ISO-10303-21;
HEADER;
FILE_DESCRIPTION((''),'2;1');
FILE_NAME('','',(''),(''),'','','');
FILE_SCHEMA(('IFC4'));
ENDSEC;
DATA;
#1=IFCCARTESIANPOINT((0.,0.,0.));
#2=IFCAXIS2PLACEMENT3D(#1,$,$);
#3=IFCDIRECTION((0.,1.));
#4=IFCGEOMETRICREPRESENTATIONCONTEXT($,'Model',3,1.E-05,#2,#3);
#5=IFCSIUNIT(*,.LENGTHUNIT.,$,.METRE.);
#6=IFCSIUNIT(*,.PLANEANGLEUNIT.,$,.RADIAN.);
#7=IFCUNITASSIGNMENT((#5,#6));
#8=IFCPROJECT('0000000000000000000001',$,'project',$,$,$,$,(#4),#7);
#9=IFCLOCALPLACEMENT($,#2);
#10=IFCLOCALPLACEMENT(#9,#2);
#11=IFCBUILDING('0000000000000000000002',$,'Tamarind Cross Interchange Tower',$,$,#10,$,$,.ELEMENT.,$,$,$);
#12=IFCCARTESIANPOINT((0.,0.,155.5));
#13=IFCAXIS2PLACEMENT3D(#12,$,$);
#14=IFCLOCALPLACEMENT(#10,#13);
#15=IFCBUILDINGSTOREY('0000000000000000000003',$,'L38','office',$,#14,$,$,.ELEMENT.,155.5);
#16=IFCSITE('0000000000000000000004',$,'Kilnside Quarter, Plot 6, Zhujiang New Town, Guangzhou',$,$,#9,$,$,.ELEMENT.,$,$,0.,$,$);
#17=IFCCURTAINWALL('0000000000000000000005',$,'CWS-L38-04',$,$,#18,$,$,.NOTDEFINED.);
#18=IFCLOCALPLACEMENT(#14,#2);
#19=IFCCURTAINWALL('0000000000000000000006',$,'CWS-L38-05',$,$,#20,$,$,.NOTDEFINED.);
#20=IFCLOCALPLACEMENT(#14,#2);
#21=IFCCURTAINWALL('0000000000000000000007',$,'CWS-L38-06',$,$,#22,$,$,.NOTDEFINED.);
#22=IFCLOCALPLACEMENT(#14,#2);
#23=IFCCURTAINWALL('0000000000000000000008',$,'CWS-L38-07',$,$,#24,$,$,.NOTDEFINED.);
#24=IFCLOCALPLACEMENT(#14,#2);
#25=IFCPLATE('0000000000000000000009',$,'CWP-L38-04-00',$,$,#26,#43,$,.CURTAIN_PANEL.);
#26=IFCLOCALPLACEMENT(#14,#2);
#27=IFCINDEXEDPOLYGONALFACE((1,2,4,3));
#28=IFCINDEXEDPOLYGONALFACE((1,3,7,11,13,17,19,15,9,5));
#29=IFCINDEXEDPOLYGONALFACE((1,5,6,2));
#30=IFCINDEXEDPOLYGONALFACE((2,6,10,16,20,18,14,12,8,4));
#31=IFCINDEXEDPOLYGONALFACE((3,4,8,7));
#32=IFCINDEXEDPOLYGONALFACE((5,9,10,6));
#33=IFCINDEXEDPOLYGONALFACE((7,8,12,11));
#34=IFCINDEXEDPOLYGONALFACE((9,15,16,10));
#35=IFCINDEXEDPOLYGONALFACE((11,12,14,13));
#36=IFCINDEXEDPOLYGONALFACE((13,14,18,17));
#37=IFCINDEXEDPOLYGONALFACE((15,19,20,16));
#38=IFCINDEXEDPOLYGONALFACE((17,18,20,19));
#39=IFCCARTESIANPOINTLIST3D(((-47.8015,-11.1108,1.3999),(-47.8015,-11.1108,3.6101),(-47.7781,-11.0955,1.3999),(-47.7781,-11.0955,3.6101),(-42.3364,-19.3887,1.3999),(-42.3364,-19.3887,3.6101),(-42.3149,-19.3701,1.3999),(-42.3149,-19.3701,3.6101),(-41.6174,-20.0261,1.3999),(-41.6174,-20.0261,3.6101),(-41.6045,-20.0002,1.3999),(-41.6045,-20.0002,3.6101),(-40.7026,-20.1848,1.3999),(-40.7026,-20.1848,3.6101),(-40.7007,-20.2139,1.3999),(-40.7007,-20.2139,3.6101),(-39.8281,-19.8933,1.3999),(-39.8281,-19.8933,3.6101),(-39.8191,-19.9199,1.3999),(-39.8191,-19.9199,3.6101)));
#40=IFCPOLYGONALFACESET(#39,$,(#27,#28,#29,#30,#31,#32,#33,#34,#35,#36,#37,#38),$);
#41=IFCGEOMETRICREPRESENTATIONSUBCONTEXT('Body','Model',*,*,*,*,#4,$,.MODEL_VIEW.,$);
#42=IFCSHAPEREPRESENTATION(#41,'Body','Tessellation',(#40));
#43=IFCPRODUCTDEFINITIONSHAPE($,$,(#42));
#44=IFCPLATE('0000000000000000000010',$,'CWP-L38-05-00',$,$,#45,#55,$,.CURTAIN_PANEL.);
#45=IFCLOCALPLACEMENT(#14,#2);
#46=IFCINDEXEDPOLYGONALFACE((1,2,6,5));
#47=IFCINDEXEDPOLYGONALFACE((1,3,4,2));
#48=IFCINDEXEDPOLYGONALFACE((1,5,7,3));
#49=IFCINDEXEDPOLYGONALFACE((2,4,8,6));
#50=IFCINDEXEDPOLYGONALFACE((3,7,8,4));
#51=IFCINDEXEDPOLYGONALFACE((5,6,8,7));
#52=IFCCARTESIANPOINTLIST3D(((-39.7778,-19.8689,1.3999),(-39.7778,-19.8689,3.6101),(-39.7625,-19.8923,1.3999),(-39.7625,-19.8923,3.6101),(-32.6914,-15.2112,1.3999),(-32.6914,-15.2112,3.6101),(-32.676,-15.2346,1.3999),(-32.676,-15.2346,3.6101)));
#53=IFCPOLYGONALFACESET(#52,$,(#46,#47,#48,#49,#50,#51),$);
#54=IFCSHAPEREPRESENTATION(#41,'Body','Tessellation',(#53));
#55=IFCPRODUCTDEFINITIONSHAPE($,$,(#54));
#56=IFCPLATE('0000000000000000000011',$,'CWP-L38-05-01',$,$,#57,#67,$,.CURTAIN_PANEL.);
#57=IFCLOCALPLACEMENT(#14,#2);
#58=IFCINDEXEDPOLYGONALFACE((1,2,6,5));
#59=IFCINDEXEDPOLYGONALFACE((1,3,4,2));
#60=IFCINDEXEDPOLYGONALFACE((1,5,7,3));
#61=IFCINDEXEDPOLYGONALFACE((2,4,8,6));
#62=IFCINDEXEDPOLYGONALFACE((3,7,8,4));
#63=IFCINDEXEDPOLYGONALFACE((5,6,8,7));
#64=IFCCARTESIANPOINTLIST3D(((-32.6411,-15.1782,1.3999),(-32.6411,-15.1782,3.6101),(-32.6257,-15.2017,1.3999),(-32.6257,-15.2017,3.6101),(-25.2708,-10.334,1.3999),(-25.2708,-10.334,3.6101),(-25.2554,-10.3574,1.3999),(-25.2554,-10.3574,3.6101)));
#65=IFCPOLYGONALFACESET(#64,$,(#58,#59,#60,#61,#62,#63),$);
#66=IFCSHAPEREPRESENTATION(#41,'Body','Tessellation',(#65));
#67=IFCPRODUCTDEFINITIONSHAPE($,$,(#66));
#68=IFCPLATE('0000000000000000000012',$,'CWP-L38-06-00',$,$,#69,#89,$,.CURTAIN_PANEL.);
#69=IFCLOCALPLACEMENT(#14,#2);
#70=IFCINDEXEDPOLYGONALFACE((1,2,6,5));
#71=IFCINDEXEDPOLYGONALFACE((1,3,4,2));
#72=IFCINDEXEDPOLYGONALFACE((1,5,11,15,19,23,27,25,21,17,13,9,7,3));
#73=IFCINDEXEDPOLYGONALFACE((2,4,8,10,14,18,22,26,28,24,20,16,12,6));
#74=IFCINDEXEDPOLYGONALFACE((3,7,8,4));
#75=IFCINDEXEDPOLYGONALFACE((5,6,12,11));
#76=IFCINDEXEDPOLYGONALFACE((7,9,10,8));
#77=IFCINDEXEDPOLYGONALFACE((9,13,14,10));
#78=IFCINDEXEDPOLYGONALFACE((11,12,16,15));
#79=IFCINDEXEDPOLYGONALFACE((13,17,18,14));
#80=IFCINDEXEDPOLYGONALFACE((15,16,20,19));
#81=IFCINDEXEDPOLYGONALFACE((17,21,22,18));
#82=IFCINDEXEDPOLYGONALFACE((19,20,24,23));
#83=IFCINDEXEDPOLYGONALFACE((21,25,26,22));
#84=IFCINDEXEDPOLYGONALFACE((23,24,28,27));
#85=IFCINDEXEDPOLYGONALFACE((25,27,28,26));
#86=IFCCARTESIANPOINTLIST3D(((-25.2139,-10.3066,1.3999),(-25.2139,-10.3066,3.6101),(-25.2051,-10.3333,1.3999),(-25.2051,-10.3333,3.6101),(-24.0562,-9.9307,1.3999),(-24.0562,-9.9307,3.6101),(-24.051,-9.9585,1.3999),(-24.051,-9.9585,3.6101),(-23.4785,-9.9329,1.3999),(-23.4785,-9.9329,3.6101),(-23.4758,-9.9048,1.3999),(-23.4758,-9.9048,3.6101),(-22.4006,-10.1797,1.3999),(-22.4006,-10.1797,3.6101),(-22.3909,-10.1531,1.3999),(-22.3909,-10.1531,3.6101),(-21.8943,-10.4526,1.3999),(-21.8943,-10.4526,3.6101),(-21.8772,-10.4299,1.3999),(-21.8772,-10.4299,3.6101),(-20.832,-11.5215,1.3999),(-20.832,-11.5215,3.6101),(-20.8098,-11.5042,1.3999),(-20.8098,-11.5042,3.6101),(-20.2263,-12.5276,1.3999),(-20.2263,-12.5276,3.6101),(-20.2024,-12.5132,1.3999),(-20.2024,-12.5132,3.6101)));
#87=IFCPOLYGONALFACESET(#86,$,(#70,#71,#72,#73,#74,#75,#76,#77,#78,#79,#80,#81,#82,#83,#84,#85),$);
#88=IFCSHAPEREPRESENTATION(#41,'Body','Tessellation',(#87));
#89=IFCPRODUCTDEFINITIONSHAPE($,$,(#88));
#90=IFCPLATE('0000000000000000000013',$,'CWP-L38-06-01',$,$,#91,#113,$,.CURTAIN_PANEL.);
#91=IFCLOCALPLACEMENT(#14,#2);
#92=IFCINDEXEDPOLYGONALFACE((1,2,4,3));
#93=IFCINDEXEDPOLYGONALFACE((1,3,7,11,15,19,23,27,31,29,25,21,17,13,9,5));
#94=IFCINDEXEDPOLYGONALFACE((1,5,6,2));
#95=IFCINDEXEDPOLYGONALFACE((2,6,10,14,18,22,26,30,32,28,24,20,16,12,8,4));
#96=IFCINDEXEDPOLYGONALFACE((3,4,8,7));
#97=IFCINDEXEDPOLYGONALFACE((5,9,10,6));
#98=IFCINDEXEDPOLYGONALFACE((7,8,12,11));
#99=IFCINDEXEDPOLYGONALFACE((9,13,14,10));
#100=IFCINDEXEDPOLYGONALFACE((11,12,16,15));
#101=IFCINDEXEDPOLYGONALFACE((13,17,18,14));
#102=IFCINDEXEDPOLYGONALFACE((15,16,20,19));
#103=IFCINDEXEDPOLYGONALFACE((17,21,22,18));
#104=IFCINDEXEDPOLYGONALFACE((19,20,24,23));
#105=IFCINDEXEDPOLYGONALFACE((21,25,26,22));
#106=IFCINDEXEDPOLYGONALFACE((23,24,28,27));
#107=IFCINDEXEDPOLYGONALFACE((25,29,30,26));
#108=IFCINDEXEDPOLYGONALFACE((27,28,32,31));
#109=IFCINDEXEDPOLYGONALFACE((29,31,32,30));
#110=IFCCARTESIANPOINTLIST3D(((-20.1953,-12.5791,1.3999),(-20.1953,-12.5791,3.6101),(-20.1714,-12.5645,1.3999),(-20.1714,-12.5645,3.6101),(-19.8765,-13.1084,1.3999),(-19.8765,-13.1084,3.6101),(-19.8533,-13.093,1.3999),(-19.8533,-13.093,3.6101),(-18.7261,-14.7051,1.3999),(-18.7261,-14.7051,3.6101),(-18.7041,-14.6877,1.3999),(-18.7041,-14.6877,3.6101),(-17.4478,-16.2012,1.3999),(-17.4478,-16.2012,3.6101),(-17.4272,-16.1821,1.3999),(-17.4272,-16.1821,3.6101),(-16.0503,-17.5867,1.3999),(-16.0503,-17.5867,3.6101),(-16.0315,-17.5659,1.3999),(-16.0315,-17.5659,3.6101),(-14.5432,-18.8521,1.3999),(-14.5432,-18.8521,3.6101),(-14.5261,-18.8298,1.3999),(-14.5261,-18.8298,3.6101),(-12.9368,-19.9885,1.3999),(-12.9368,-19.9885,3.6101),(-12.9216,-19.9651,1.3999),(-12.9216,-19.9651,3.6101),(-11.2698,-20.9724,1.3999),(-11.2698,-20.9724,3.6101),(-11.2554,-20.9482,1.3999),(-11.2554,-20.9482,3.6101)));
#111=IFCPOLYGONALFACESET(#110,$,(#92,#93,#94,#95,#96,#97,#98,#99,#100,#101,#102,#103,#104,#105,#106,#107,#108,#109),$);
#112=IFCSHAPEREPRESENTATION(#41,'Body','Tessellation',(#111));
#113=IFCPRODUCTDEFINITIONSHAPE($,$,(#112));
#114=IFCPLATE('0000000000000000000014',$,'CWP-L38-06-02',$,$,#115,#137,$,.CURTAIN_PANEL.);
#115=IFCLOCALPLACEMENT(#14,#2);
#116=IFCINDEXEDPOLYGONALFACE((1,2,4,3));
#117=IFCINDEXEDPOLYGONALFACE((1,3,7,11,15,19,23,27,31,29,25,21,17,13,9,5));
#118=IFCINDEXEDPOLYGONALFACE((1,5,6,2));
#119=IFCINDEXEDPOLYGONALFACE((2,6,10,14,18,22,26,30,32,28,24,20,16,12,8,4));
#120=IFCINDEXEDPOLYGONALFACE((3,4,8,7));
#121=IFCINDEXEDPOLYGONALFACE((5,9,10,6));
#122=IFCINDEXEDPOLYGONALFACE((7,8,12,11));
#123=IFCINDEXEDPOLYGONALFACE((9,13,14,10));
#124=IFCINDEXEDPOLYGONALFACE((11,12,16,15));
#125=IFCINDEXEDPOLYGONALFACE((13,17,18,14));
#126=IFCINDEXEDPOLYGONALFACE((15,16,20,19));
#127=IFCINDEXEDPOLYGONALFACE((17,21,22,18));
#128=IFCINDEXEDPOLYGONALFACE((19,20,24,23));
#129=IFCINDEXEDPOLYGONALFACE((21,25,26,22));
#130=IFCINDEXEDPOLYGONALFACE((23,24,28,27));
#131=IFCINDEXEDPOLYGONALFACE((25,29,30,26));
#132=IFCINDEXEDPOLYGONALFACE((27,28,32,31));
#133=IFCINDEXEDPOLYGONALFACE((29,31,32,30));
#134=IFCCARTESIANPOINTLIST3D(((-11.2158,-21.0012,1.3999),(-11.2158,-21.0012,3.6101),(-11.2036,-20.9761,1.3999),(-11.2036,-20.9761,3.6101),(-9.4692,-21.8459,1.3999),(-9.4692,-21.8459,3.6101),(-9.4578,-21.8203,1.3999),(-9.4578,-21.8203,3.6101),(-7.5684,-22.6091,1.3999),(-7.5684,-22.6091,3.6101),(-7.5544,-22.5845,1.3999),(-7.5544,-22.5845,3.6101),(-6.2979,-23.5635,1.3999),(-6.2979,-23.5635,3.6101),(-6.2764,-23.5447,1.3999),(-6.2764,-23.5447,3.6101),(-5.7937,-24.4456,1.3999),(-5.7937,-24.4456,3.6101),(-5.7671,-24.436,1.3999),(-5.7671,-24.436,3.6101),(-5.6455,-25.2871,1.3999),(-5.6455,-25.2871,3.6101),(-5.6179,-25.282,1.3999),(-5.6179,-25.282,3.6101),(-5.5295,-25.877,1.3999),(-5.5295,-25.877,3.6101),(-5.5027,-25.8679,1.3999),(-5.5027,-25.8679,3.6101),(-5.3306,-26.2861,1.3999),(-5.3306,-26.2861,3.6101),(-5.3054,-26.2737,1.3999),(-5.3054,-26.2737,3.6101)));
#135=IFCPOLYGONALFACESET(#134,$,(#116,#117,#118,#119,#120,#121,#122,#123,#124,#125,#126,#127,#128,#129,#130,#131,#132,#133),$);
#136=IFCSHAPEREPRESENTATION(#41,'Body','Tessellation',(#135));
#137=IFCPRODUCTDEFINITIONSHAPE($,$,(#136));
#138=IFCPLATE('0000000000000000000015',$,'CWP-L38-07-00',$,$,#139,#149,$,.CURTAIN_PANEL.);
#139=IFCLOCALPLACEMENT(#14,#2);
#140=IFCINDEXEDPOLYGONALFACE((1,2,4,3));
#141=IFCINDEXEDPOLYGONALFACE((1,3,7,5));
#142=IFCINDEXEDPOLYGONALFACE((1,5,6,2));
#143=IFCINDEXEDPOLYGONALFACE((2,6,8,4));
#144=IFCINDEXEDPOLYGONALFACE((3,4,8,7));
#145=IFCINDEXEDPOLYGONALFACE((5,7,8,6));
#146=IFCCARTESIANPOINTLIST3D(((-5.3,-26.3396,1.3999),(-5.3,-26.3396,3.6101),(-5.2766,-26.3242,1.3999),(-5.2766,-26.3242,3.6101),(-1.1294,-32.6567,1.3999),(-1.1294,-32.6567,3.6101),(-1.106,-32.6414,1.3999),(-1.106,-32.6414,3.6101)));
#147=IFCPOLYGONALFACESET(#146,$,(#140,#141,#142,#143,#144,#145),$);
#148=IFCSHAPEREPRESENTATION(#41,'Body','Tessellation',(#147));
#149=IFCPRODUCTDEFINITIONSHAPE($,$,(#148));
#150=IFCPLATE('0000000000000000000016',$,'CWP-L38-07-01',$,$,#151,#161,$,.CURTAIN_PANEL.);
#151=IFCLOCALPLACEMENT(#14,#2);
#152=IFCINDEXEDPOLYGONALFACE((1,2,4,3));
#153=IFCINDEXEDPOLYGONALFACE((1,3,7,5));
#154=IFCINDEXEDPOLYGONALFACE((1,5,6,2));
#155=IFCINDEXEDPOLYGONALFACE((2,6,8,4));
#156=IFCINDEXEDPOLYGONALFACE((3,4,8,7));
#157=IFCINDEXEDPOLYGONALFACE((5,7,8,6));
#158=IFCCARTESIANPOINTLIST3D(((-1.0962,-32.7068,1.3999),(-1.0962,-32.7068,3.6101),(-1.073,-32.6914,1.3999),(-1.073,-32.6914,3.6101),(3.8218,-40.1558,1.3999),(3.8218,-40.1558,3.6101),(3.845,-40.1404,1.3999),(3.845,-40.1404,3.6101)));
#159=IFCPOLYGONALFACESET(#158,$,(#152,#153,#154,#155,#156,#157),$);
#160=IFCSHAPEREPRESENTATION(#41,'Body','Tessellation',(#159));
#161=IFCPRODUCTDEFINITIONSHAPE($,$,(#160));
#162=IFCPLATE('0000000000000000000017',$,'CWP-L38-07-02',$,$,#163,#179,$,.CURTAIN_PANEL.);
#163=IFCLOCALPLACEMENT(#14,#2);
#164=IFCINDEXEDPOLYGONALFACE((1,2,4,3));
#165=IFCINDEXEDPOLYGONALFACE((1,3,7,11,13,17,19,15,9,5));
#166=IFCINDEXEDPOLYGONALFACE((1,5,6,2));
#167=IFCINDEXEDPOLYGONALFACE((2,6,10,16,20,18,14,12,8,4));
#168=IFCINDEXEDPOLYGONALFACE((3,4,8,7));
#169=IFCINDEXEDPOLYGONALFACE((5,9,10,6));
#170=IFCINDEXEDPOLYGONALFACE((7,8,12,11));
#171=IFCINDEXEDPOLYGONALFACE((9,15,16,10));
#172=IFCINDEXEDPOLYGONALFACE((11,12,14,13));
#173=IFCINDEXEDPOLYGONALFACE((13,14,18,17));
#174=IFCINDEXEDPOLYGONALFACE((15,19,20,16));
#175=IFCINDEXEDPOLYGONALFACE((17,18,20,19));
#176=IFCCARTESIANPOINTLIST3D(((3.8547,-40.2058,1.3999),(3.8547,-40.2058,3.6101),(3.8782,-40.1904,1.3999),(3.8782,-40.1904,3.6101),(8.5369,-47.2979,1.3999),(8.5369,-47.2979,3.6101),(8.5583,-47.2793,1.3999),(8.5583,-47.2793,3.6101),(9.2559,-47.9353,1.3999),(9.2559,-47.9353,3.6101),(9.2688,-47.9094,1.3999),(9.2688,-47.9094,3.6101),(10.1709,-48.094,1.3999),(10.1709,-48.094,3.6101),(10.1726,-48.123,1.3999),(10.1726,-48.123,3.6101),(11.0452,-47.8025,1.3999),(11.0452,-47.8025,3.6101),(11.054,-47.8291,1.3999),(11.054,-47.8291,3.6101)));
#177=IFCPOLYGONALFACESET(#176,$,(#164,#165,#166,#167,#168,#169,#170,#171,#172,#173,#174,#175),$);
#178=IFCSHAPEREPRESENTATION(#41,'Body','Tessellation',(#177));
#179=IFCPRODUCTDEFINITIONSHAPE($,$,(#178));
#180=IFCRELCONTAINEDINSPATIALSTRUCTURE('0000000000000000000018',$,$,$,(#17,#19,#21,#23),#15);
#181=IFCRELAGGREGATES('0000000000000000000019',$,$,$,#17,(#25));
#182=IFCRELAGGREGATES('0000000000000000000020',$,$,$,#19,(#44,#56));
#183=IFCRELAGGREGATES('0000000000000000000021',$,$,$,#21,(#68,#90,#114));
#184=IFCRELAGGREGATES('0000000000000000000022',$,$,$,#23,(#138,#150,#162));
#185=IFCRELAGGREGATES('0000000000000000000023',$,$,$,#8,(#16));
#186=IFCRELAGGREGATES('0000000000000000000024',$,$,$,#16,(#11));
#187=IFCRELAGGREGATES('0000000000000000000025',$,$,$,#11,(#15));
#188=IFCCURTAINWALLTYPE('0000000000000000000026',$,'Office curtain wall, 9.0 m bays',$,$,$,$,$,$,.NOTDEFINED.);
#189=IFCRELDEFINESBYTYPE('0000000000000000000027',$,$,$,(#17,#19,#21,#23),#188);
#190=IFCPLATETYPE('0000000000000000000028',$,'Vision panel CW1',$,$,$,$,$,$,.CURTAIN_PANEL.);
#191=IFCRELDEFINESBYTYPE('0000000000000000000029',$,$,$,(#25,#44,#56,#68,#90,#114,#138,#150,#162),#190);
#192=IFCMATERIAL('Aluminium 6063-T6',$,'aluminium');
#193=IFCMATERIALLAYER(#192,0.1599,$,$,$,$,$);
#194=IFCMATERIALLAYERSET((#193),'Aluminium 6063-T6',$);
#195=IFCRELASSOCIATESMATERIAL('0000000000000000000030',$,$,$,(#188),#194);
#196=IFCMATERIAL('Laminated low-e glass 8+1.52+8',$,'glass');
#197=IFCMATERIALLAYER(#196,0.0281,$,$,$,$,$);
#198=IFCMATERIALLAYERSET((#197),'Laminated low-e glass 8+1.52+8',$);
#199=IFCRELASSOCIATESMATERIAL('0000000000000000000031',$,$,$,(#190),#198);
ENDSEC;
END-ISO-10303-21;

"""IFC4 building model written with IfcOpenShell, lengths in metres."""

from ifc_helpers import new_model, si_unit, direction, frame, origin, place, context, subcontext, project, spatial, polyline, outline, extrude, material, layer, layer_set, type_object, element, aggregate, save


model = new_model("IFC4")

# Units and contexts
model_context = context("Model", 3, precision=1e-05, world=origin(), true_north=direction((0.0, 1.0)))
body_context = subcontext(model_context, "Body", "Model", "MODEL_VIEW")
ifc_project = project(units=[si_unit("LENGTHUNIT", "METRE"), si_unit("PLANEANGLEUNIT", "RADIAN")], contexts=[model_context])

# Site, building, storey
site_placement = place(None, origin())
site = spatial("IfcSite", under=ifc_project, at=site_placement, Name="Kilnside Quarter, Plot 6, Zhujiang New Town, Guangzhou", CompositionType="ELEMENT", RefElevation=0.0)
building_placement = place(site_placement, origin())
building = spatial("IfcBuilding", under=site, at=building_placement, Name="Tamarind Cross Interchange Tower", CompositionType="ELEMENT")
storey_placement = place(building_placement, frame((0.0, 0.0, 155.5)))
storey = spatial("IfcBuildingStorey", under=building, at=storey_placement, Name="L38", Description="office", CompositionType="ELEMENT", Elevation=155.5)

# Curtain walls
ifc_material_1 = material(Name="Aluminium 6063-T6", Category="aluminium")
ifc_layer_1 = layer(ifc_material_1, 0.1599)
ifc_layer_set_1 = layer_set([ifc_layer_1], Name="Aluminium 6063-T6")
curtain_wall_type = type_object("IfcCurtainWallType", Name="Office curtain wall, 9.0 m bays", PredefinedType="NOTDEFINED", material=ifc_layer_set_1)
curtain_wall_1_placement = place(storey_placement, origin())
curtain_wall_1 = element("IfcCurtainWall", 1, at=curtain_wall_1_placement, inside=storey, type_object=curtain_wall_type, Name="CWS-L38-04", PredefinedType="NOTDEFINED")
curtain_wall_2_placement = place(storey_placement, origin())
curtain_wall_2 = element("IfcCurtainWall", 2, at=curtain_wall_2_placement, inside=storey, type_object=curtain_wall_type, Name="CWS-L38-05", PredefinedType="NOTDEFINED")
curtain_wall_3_placement = place(storey_placement, origin())
curtain_wall_3 = element("IfcCurtainWall", 3, at=curtain_wall_3_placement, inside=storey, type_object=curtain_wall_type, Name="CWS-L38-06", PredefinedType="NOTDEFINED")
curtain_wall_4_placement = place(storey_placement, origin())
curtain_wall_4 = element("IfcCurtainWall", 4, at=curtain_wall_4_placement, inside=storey, type_object=curtain_wall_type, Name="CWS-L38-07", PredefinedType="NOTDEFINED")

# Plates
ifc_material_2 = material(Name="Laminated low-e glass 8+1.52+8", Category="glass")
ifc_layer_2 = layer(ifc_material_2, 0.0281)
ifc_layer_set_2 = layer_set([ifc_layer_2], Name="Laminated low-e glass 8+1.52+8")
plate_type = type_object("IfcPlateType", Name="Vision panel CW1", PredefinedType="CURTAIN_PANEL", material=ifc_layer_set_2)
plate_1_placement = place(storey_placement, frame((0.0, 0.0, 1.3999)))
plate_1 = element("IfcPlate", 5, at=plate_1_placement, type_object=plate_type, Name="CWP-L38-04-00", PredefinedType="CURTAIN_PANEL", context=body_context, shape_type="SweptSolid", body=[
    extrude(outline(polyline([(-47.7781, -11.0955), (-42.3149, -19.3701), (-41.6045, -20.0002), (-40.7026, -20.1848), (-39.8281, -19.8933), (-39.8191, -19.9199), (-40.7007, -20.2139), (-41.6174, -20.0261), (-42.3364, -19.3887), (-47.8015, -11.1108), (-47.7781, -11.0955)])), origin(), (0.0, 0.0, 1.0), 2.2102),
])
aggregate(curtain_wall_1, [plate_1])
plate_2_placement = place(storey_placement, frame((0.0, 0.0, 1.3999)))
plate_2 = element("IfcPlate", 6, at=plate_2_placement, type_object=plate_type, Name="CWP-L38-05-00", PredefinedType="CURTAIN_PANEL", context=body_context, shape_type="SweptSolid", body=[
    extrude(outline(polyline([(-39.7778, -19.8689), (-32.6914, -15.2112), (-32.676, -15.2346), (-39.7625, -19.8923), (-39.7778, -19.8689)])), origin(), (0.0, 0.0, 1.0), 2.2102),
])
plate_3_placement = place(storey_placement, frame((0.0, 0.0, 1.3999)))
plate_3 = element("IfcPlate", 7, at=plate_3_placement, type_object=plate_type, Name="CWP-L38-05-01", PredefinedType="CURTAIN_PANEL", context=body_context, shape_type="SweptSolid", body=[
    extrude(outline(polyline([(-32.6411, -15.1782), (-25.2708, -10.334), (-25.2554, -10.3574), (-32.6257, -15.2017), (-32.6411, -15.1782)])), origin(), (0.0, 0.0, 1.0), 2.2102),
])
aggregate(curtain_wall_2, [plate_2, plate_3])
plate_4_placement = place(storey_placement, frame((0.0, 0.0, 1.3999)))
plate_4 = element("IfcPlate", 8, at=plate_4_placement, type_object=plate_type, Name="CWP-L38-06-00", PredefinedType="CURTAIN_PANEL", context=body_context, shape_type="SweptSolid", body=[
    extrude(outline(polyline([(-25.2139, -10.3066), (-24.0562, -9.9307), (-23.4758, -9.9048), (-22.3909, -10.1531), (-21.8772, -10.4299), (-20.8098, -11.5042), (-20.2024, -12.5132), (-20.2263, -12.5276), (-20.832, -11.5215), (-21.8943, -10.4526), (-22.4006, -10.1797), (-23.4785, -9.9329), (-24.051, -9.9585), (-25.2051, -10.3333), (-25.2139, -10.3066)])), origin(), (0.0, 0.0, 1.0), 2.2102),
])
plate_5_placement = place(storey_placement, frame((0.0, 0.0, 1.3999)))
plate_5 = element("IfcPlate", 9, at=plate_5_placement, type_object=plate_type, Name="CWP-L38-06-01", PredefinedType="CURTAIN_PANEL", context=body_context, shape_type="SweptSolid", body=[
    extrude(outline(polyline([(-20.1714, -12.5645), (-19.8533, -13.093), (-18.7041, -14.6877), (-17.4272, -16.1821), (-16.0315, -17.5659), (-14.5261, -18.8298), (-12.9216, -19.9651), (-11.2554, -20.9482), (-11.2698, -20.9724), (-12.9368, -19.9885), (-14.5432, -18.8521), (-16.0503, -17.5867), (-17.4478, -16.2012), (-18.7261, -14.7051), (-19.8765, -13.1084), (-20.1953, -12.5791), (-20.1714, -12.5645)])), origin(), (0.0, 0.0, 1.0), 2.2102),
])
plate_6_placement = place(storey_placement, frame((0.0, 0.0, 1.3999)))
plate_6 = element("IfcPlate", 10, at=plate_6_placement, type_object=plate_type, Name="CWP-L38-06-02", PredefinedType="CURTAIN_PANEL", context=body_context, shape_type="SweptSolid", body=[
    extrude(outline(polyline([(-11.2036, -20.9761), (-9.4578, -21.8203), (-7.5544, -22.5845), (-6.2764, -23.5447), (-5.7671, -24.436), (-5.6179, -25.282), (-5.5027, -25.8679), (-5.3054, -26.2737), (-5.3306, -26.2861), (-5.5295, -25.877), (-5.6455, -25.2871), (-5.7937, -24.4456), (-6.2979, -23.5635), (-7.5684, -22.6091), (-9.4692, -21.8459), (-11.2158, -21.0012), (-11.2036, -20.9761)])), origin(), (0.0, 0.0, 1.0), 2.2102),
])
aggregate(curtain_wall_3, [plate_4, plate_5, plate_6])
plate_7_placement = place(storey_placement, frame((0.0, 0.0, 1.3999)))
plate_7 = element("IfcPlate", 11, at=plate_7_placement, type_object=plate_type, Name="CWP-L38-07-00", PredefinedType="CURTAIN_PANEL", context=body_context, shape_type="SweptSolid", body=[
    extrude(outline(polyline([(-5.2766, -26.3242), (-1.106, -32.6414), (-1.1294, -32.6567), (-5.3, -26.3396), (-5.2766, -26.3242)])), origin(), (0.0, 0.0, 1.0), 2.2102),
])
plate_8_placement = place(storey_placement, frame((0.0, 0.0, 1.3999)))
plate_8 = element("IfcPlate", 12, at=plate_8_placement, type_object=plate_type, Name="CWP-L38-07-01", PredefinedType="CURTAIN_PANEL", context=body_context, shape_type="SweptSolid", body=[
    extrude(outline(polyline([(-1.073, -32.6914), (3.845, -40.1404), (3.8218, -40.1558), (-1.0962, -32.7068), (-1.073, -32.6914)])), origin(), (0.0, 0.0, 1.0), 2.2102),
])
plate_9_placement = place(storey_placement, frame((0.0, 0.0, 1.3999)))
plate_9 = element("IfcPlate", 13, at=plate_9_placement, type_object=plate_type, Name="CWP-L38-07-02", PredefinedType="CURTAIN_PANEL", context=body_context, shape_type="SweptSolid", body=[
    extrude(outline(polyline([(3.8782, -40.1904), (8.5583, -47.2793), (9.2688, -47.9094), (10.1709, -48.094), (11.0452, -47.8025), (11.054, -47.8291), (10.1726, -48.123), (9.2559, -47.9353), (8.5369, -47.2979), (3.8547, -40.2058), (3.8782, -40.1904)])), origin(), (0.0, 0.0, 1.0), 2.2102),
])
aggregate(curtain_wall_4, [plate_7, plate_8, plate_9])

save(model, "model.ifc")
